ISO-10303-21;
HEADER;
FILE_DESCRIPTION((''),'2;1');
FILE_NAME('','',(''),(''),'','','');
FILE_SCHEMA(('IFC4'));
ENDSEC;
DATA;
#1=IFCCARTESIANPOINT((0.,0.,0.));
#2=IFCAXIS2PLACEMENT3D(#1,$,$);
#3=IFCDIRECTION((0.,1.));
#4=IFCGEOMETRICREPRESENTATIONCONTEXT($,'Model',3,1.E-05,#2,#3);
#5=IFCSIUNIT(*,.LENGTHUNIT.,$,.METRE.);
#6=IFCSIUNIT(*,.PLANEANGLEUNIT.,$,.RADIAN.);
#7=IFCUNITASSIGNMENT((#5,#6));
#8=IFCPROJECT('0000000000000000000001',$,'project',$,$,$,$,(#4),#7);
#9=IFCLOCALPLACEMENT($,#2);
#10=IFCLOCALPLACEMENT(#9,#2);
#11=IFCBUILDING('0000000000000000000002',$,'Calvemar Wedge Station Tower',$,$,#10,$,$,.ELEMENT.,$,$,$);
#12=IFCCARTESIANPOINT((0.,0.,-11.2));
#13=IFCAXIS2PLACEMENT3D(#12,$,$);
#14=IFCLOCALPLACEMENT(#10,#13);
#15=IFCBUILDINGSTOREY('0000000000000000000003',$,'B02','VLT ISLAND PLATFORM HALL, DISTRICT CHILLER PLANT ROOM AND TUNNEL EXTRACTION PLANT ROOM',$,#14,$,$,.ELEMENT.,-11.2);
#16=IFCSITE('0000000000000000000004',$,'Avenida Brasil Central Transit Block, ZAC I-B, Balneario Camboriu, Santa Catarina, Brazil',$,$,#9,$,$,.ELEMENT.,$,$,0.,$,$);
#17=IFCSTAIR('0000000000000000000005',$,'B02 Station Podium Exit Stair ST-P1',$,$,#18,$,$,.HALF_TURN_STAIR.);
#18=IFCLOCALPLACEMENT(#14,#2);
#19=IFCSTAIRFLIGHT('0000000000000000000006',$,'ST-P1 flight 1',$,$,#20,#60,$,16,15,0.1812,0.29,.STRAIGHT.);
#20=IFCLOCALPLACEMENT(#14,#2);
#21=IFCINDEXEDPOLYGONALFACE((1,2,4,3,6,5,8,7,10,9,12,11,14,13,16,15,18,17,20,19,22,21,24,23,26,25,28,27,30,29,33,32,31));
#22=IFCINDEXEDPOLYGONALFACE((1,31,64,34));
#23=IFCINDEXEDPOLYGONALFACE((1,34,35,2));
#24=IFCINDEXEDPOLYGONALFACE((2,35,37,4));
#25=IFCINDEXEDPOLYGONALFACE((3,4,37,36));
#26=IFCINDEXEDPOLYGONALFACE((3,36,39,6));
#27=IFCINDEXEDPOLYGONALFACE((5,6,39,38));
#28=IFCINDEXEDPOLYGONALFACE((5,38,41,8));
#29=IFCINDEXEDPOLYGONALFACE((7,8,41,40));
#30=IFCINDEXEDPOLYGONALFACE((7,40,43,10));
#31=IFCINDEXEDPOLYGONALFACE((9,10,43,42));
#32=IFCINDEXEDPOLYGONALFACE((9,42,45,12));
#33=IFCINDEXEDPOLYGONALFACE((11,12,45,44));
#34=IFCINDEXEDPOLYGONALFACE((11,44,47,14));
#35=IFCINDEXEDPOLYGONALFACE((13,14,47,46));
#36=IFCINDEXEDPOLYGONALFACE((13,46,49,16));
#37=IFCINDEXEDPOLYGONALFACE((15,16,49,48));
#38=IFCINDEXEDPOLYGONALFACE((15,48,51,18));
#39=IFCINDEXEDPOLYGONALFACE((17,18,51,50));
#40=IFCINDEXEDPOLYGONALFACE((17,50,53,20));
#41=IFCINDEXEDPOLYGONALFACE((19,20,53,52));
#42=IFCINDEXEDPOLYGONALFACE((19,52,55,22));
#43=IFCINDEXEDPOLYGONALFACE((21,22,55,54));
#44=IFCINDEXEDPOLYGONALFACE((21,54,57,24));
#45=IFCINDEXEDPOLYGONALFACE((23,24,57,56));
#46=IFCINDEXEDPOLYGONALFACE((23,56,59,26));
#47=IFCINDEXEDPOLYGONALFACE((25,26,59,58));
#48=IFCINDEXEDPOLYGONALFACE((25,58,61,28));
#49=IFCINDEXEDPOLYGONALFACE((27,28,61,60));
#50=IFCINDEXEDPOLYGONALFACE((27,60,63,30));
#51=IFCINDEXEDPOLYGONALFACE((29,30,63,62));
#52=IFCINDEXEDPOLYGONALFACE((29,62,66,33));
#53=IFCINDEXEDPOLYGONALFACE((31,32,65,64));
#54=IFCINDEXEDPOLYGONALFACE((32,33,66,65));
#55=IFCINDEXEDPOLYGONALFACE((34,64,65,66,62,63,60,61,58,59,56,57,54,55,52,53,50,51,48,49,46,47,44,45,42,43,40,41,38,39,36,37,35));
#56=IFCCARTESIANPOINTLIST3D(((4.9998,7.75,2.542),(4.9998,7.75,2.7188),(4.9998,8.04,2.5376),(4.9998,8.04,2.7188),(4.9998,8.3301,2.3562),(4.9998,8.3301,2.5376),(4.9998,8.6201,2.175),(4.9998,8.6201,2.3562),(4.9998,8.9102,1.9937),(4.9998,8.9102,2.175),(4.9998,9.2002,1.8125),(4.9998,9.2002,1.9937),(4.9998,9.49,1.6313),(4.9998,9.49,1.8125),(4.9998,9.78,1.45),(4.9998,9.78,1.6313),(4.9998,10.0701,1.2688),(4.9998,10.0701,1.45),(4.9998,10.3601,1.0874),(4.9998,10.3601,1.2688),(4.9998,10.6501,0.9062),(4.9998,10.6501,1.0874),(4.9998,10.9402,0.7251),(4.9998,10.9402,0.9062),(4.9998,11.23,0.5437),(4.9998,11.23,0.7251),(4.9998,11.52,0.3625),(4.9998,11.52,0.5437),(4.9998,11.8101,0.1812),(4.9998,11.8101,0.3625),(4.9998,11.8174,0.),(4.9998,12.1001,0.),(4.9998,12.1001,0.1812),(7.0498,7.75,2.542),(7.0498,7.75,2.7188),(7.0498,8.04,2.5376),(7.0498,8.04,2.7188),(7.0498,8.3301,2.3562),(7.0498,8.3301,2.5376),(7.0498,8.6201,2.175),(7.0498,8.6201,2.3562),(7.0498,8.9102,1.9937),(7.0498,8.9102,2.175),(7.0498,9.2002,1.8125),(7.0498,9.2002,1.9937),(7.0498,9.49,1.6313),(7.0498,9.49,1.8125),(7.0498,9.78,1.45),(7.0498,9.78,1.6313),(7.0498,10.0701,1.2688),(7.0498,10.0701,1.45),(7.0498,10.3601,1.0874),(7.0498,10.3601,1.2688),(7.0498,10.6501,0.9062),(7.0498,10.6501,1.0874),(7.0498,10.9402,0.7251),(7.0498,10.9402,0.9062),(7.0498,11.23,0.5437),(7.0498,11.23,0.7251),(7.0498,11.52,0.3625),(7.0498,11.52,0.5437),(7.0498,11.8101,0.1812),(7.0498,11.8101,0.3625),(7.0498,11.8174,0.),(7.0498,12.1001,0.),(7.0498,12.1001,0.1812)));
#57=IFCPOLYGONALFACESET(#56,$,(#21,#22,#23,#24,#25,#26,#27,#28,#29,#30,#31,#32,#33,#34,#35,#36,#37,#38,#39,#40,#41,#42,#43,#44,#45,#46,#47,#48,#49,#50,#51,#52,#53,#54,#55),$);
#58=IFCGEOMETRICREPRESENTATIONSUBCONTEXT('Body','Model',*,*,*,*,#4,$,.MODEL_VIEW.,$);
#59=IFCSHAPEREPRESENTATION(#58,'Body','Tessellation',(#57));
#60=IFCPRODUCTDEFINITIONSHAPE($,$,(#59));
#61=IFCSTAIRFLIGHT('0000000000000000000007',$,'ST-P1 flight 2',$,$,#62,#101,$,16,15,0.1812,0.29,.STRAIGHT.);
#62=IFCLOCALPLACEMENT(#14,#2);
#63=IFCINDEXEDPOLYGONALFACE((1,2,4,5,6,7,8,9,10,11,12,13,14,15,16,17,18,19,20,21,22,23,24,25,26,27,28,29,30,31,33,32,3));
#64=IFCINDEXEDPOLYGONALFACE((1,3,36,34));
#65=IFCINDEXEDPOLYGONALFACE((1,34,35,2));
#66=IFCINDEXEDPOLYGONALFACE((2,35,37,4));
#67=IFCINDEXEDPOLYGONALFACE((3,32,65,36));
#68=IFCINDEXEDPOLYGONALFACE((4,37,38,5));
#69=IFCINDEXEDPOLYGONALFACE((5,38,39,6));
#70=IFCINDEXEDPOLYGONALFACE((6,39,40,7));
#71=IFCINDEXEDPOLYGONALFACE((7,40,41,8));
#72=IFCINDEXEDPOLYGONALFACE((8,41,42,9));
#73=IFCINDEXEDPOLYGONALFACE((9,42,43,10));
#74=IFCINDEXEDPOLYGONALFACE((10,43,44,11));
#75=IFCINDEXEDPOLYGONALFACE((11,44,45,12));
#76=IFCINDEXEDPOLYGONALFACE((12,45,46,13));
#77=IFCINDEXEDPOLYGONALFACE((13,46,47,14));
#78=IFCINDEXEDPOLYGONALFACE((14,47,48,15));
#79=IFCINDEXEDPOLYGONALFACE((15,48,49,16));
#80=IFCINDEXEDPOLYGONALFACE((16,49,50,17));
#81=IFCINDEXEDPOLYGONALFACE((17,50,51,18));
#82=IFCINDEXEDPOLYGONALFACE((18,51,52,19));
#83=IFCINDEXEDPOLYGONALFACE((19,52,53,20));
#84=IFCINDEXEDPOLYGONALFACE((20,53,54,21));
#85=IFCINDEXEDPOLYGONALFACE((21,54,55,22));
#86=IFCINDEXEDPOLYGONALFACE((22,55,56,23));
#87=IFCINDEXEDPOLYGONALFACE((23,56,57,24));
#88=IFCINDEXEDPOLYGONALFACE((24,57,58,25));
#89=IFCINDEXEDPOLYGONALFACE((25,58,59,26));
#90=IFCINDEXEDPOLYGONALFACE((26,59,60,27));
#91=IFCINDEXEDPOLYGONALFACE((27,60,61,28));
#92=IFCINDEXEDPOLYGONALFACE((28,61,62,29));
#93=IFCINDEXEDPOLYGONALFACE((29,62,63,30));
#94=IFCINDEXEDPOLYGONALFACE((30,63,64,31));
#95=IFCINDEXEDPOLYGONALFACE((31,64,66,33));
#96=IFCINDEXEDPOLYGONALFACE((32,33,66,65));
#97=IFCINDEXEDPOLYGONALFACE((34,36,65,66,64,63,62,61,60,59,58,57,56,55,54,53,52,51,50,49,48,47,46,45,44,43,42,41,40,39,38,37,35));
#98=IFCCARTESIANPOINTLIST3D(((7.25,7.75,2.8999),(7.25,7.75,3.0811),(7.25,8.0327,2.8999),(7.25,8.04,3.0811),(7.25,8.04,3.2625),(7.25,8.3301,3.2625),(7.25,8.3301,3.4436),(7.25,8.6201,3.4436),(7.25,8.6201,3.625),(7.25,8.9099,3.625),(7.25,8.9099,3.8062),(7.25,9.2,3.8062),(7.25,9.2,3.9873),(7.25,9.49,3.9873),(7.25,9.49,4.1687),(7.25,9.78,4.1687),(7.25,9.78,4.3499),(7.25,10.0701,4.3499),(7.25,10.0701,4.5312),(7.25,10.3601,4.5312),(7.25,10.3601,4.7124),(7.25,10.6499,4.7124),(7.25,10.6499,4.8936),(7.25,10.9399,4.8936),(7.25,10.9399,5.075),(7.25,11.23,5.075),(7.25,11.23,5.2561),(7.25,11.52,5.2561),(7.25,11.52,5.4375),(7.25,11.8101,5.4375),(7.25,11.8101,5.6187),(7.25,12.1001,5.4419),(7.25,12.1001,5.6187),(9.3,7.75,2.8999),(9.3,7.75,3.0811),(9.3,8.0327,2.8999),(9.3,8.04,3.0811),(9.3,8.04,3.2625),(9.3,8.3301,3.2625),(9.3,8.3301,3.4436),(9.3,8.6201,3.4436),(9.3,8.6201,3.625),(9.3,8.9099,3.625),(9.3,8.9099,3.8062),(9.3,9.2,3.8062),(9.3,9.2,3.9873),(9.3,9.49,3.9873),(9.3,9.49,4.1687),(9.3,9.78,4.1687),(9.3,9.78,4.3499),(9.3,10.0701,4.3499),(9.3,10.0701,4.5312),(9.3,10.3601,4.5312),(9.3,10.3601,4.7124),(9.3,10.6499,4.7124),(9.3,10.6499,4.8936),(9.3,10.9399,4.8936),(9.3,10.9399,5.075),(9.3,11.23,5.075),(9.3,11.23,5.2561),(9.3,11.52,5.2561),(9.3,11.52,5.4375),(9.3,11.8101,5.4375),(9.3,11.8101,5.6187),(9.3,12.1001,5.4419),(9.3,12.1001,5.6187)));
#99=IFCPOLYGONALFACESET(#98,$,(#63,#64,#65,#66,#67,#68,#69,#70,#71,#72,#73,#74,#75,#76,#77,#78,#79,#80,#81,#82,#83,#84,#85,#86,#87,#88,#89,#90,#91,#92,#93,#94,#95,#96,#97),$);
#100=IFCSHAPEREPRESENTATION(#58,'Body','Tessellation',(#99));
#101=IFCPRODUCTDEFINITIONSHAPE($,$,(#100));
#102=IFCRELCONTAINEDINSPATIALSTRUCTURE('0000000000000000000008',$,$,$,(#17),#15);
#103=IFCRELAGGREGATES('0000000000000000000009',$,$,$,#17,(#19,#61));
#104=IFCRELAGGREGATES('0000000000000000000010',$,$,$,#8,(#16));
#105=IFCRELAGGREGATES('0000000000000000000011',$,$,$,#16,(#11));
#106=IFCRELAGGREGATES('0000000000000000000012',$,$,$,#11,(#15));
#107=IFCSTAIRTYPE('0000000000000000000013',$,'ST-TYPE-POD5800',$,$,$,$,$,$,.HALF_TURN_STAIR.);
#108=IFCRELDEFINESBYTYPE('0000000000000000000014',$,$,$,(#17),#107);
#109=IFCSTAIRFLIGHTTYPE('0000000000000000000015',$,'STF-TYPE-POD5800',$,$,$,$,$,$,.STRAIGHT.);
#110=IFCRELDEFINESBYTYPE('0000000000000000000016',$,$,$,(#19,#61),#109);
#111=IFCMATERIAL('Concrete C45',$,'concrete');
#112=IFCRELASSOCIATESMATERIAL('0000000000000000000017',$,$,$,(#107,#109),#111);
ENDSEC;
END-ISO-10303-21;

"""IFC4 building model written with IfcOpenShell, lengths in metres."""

from ifc_helpers import new_model, si_unit, direction, frame, origin, place, context, subcontext, project, spatial, polyline, outline, extrude, material, type_object, element, aggregate, save


model = new_model("IFC4")

# Units and contexts
model_context = context("Model", 3, precision=1e-05, world=origin(), true_north=direction((0.0, 1.0)))
body_context = subcontext(model_context, "Body", "Model", "MODEL_VIEW")
ifc_project = project(units=[si_unit("LENGTHUNIT", "METRE"), si_unit("PLANEANGLEUNIT", "RADIAN")], contexts=[model_context])

# Site, building, storey
site_placement = place(None, origin())
site = spatial("IfcSite", under=ifc_project, at=site_placement, Name="Avenida Brasil Central Transit Block, ZAC I-B, Balneario Camboriu, Santa Catarina, Brazil", CompositionType="ELEMENT", RefElevation=0.0)
building_placement = place(site_placement, origin())
building = spatial("IfcBuilding", under=site, at=building_placement, Name="Calvemar Wedge Station Tower", CompositionType="ELEMENT")
storey_placement = place(building_placement, frame((0.0, 0.0, -11.2)))
storey = spatial("IfcBuildingStorey", under=building, at=storey_placement, Name="B02", Description="VLT ISLAND PLATFORM HALL, DISTRICT CHILLER PLANT ROOM AND TUNNEL EXTRACTION PLANT ROOM", CompositionType="ELEMENT", Elevation=-11.2)

# Shared definitions
ifc_material_1 = material(Name="Concrete C45", Category="concrete")

# Stair, stair flights
stair_type = type_object("IfcStairType", Name="ST-TYPE-POD5800", PredefinedType="HALF_TURN_STAIR", material=ifc_material_1)
stair_placement = place(storey_placement, origin())
stair = element("IfcStair", 1, at=stair_placement, inside=storey, type_object=stair_type, Name="B02 Station Podium Exit Stair ST-P1", PredefinedType="HALF_TURN_STAIR")
stair_flight_type = type_object("IfcStairFlightType", Name="STF-TYPE-POD5800", PredefinedType="STRAIGHT", material=ifc_material_1)
stair_flight_1_placement = place(storey_placement, frame((6.0249, 12.1001, 0.0), z_axis=(0.0, 0.0, 1.0), x_axis=(0.0, -1.0, 0.0)))
stair_flight_1 = element("IfcStairFlight", 2, at=stair_flight_1_placement, type_object=stair_flight_type, Name="ST-P1 flight 1", NumberOfRisers=16, NumberOfTreads=15, PredefinedType="STRAIGHT", RiserHeight=0.1812, TreadLength=0.29, context=body_context, shape_type="SweptSolid", body=[
    extrude(outline(polyline([(0.0, 0.0), (0.0, 0.1812), (0.29, 0.1812), (0.29, 0.3625), (0.5801, 0.3625), (0.5801, 0.5437), (0.8701, 0.5437), (0.8701, 0.7251), (1.1599, 0.7251), (1.1599, 0.9062), (1.45, 0.9062), (1.45, 1.0874), (1.74, 1.0874), (1.74, 1.2688), (2.03, 1.2688), (2.03, 1.45), (2.3201, 1.45), (2.3201, 1.6313), (2.6101, 1.6313), (2.6101, 1.8125), (2.8999, 1.8125), (2.8999, 1.9937), (3.1899, 1.9937), (3.1899, 2.175), (3.48, 2.175), (3.48, 2.3562), (3.77, 2.3562), (3.77, 2.5376), (4.0601, 2.5376), (4.0601, 2.7188), (4.3501, 2.7188), (4.3501, 2.8999), (4.3501, 2.542), (0.2827, 0.0), (0.0, 0.0)])), frame((0.0, 1.0249, 0.0), z_axis=(0.0, -1.0, 0.0), x_axis=(1.0, 0.0, 0.0)), (0.0, 0.0, 1.0), 2.05),
])
stair_flight_2_placement = place(storey_placement, frame((8.2749, 7.75, 2.8999), z_axis=(0.0, 0.0, 1.0), x_axis=(0.0, 1.0, 0.0)))
stair_flight_2 = element("IfcStairFlight", 3, at=stair_flight_2_placement, type_object=stair_flight_type, Name="ST-P1 flight 2", NumberOfRisers=16, NumberOfTreads=15, PredefinedType="STRAIGHT", RiserHeight=0.1812, TreadLength=0.29, context=body_context, shape_type="SweptSolid", body=[
    extrude(outline(polyline([(0.0, 0.0), (0.0, 0.1812), (0.29, 0.1812), (0.29, 0.3625), (0.5801, 0.3625), (0.5801, 0.5437), (0.8701, 0.5437), (0.8701, 0.7251), (1.1599, 0.7251), (1.1599, 0.9062), (1.45, 0.9062), (1.45, 1.0874), (1.74, 1.0874), (1.74, 1.2688), (2.03, 1.2688), (2.03, 1.45), (2.3201, 1.45), (2.3201, 1.6313), (2.6101, 1.6313), (2.6101, 1.8125), (2.8999, 1.8125), (2.8999, 1.9937), (3.1899, 1.9937), (3.1899, 2.175), (3.48, 2.175), (3.48, 2.3562), (3.77, 2.3562), (3.77, 2.5376), (4.0601, 2.5376), (4.0601, 2.7188), (4.3501, 2.7188), (4.3501, 2.8999), (4.3501, 2.542), (0.2827, 0.0), (0.0, 0.0)])), frame((0.0, 1.0249, 0.0), z_axis=(0.0, -1.0, 0.0), x_axis=(1.0, 0.0, 0.0)), (0.0, 0.0, 1.0), 2.05),
])
aggregate(stair, [stair_flight_1, stair_flight_2])

save(model, "model.ifc")
